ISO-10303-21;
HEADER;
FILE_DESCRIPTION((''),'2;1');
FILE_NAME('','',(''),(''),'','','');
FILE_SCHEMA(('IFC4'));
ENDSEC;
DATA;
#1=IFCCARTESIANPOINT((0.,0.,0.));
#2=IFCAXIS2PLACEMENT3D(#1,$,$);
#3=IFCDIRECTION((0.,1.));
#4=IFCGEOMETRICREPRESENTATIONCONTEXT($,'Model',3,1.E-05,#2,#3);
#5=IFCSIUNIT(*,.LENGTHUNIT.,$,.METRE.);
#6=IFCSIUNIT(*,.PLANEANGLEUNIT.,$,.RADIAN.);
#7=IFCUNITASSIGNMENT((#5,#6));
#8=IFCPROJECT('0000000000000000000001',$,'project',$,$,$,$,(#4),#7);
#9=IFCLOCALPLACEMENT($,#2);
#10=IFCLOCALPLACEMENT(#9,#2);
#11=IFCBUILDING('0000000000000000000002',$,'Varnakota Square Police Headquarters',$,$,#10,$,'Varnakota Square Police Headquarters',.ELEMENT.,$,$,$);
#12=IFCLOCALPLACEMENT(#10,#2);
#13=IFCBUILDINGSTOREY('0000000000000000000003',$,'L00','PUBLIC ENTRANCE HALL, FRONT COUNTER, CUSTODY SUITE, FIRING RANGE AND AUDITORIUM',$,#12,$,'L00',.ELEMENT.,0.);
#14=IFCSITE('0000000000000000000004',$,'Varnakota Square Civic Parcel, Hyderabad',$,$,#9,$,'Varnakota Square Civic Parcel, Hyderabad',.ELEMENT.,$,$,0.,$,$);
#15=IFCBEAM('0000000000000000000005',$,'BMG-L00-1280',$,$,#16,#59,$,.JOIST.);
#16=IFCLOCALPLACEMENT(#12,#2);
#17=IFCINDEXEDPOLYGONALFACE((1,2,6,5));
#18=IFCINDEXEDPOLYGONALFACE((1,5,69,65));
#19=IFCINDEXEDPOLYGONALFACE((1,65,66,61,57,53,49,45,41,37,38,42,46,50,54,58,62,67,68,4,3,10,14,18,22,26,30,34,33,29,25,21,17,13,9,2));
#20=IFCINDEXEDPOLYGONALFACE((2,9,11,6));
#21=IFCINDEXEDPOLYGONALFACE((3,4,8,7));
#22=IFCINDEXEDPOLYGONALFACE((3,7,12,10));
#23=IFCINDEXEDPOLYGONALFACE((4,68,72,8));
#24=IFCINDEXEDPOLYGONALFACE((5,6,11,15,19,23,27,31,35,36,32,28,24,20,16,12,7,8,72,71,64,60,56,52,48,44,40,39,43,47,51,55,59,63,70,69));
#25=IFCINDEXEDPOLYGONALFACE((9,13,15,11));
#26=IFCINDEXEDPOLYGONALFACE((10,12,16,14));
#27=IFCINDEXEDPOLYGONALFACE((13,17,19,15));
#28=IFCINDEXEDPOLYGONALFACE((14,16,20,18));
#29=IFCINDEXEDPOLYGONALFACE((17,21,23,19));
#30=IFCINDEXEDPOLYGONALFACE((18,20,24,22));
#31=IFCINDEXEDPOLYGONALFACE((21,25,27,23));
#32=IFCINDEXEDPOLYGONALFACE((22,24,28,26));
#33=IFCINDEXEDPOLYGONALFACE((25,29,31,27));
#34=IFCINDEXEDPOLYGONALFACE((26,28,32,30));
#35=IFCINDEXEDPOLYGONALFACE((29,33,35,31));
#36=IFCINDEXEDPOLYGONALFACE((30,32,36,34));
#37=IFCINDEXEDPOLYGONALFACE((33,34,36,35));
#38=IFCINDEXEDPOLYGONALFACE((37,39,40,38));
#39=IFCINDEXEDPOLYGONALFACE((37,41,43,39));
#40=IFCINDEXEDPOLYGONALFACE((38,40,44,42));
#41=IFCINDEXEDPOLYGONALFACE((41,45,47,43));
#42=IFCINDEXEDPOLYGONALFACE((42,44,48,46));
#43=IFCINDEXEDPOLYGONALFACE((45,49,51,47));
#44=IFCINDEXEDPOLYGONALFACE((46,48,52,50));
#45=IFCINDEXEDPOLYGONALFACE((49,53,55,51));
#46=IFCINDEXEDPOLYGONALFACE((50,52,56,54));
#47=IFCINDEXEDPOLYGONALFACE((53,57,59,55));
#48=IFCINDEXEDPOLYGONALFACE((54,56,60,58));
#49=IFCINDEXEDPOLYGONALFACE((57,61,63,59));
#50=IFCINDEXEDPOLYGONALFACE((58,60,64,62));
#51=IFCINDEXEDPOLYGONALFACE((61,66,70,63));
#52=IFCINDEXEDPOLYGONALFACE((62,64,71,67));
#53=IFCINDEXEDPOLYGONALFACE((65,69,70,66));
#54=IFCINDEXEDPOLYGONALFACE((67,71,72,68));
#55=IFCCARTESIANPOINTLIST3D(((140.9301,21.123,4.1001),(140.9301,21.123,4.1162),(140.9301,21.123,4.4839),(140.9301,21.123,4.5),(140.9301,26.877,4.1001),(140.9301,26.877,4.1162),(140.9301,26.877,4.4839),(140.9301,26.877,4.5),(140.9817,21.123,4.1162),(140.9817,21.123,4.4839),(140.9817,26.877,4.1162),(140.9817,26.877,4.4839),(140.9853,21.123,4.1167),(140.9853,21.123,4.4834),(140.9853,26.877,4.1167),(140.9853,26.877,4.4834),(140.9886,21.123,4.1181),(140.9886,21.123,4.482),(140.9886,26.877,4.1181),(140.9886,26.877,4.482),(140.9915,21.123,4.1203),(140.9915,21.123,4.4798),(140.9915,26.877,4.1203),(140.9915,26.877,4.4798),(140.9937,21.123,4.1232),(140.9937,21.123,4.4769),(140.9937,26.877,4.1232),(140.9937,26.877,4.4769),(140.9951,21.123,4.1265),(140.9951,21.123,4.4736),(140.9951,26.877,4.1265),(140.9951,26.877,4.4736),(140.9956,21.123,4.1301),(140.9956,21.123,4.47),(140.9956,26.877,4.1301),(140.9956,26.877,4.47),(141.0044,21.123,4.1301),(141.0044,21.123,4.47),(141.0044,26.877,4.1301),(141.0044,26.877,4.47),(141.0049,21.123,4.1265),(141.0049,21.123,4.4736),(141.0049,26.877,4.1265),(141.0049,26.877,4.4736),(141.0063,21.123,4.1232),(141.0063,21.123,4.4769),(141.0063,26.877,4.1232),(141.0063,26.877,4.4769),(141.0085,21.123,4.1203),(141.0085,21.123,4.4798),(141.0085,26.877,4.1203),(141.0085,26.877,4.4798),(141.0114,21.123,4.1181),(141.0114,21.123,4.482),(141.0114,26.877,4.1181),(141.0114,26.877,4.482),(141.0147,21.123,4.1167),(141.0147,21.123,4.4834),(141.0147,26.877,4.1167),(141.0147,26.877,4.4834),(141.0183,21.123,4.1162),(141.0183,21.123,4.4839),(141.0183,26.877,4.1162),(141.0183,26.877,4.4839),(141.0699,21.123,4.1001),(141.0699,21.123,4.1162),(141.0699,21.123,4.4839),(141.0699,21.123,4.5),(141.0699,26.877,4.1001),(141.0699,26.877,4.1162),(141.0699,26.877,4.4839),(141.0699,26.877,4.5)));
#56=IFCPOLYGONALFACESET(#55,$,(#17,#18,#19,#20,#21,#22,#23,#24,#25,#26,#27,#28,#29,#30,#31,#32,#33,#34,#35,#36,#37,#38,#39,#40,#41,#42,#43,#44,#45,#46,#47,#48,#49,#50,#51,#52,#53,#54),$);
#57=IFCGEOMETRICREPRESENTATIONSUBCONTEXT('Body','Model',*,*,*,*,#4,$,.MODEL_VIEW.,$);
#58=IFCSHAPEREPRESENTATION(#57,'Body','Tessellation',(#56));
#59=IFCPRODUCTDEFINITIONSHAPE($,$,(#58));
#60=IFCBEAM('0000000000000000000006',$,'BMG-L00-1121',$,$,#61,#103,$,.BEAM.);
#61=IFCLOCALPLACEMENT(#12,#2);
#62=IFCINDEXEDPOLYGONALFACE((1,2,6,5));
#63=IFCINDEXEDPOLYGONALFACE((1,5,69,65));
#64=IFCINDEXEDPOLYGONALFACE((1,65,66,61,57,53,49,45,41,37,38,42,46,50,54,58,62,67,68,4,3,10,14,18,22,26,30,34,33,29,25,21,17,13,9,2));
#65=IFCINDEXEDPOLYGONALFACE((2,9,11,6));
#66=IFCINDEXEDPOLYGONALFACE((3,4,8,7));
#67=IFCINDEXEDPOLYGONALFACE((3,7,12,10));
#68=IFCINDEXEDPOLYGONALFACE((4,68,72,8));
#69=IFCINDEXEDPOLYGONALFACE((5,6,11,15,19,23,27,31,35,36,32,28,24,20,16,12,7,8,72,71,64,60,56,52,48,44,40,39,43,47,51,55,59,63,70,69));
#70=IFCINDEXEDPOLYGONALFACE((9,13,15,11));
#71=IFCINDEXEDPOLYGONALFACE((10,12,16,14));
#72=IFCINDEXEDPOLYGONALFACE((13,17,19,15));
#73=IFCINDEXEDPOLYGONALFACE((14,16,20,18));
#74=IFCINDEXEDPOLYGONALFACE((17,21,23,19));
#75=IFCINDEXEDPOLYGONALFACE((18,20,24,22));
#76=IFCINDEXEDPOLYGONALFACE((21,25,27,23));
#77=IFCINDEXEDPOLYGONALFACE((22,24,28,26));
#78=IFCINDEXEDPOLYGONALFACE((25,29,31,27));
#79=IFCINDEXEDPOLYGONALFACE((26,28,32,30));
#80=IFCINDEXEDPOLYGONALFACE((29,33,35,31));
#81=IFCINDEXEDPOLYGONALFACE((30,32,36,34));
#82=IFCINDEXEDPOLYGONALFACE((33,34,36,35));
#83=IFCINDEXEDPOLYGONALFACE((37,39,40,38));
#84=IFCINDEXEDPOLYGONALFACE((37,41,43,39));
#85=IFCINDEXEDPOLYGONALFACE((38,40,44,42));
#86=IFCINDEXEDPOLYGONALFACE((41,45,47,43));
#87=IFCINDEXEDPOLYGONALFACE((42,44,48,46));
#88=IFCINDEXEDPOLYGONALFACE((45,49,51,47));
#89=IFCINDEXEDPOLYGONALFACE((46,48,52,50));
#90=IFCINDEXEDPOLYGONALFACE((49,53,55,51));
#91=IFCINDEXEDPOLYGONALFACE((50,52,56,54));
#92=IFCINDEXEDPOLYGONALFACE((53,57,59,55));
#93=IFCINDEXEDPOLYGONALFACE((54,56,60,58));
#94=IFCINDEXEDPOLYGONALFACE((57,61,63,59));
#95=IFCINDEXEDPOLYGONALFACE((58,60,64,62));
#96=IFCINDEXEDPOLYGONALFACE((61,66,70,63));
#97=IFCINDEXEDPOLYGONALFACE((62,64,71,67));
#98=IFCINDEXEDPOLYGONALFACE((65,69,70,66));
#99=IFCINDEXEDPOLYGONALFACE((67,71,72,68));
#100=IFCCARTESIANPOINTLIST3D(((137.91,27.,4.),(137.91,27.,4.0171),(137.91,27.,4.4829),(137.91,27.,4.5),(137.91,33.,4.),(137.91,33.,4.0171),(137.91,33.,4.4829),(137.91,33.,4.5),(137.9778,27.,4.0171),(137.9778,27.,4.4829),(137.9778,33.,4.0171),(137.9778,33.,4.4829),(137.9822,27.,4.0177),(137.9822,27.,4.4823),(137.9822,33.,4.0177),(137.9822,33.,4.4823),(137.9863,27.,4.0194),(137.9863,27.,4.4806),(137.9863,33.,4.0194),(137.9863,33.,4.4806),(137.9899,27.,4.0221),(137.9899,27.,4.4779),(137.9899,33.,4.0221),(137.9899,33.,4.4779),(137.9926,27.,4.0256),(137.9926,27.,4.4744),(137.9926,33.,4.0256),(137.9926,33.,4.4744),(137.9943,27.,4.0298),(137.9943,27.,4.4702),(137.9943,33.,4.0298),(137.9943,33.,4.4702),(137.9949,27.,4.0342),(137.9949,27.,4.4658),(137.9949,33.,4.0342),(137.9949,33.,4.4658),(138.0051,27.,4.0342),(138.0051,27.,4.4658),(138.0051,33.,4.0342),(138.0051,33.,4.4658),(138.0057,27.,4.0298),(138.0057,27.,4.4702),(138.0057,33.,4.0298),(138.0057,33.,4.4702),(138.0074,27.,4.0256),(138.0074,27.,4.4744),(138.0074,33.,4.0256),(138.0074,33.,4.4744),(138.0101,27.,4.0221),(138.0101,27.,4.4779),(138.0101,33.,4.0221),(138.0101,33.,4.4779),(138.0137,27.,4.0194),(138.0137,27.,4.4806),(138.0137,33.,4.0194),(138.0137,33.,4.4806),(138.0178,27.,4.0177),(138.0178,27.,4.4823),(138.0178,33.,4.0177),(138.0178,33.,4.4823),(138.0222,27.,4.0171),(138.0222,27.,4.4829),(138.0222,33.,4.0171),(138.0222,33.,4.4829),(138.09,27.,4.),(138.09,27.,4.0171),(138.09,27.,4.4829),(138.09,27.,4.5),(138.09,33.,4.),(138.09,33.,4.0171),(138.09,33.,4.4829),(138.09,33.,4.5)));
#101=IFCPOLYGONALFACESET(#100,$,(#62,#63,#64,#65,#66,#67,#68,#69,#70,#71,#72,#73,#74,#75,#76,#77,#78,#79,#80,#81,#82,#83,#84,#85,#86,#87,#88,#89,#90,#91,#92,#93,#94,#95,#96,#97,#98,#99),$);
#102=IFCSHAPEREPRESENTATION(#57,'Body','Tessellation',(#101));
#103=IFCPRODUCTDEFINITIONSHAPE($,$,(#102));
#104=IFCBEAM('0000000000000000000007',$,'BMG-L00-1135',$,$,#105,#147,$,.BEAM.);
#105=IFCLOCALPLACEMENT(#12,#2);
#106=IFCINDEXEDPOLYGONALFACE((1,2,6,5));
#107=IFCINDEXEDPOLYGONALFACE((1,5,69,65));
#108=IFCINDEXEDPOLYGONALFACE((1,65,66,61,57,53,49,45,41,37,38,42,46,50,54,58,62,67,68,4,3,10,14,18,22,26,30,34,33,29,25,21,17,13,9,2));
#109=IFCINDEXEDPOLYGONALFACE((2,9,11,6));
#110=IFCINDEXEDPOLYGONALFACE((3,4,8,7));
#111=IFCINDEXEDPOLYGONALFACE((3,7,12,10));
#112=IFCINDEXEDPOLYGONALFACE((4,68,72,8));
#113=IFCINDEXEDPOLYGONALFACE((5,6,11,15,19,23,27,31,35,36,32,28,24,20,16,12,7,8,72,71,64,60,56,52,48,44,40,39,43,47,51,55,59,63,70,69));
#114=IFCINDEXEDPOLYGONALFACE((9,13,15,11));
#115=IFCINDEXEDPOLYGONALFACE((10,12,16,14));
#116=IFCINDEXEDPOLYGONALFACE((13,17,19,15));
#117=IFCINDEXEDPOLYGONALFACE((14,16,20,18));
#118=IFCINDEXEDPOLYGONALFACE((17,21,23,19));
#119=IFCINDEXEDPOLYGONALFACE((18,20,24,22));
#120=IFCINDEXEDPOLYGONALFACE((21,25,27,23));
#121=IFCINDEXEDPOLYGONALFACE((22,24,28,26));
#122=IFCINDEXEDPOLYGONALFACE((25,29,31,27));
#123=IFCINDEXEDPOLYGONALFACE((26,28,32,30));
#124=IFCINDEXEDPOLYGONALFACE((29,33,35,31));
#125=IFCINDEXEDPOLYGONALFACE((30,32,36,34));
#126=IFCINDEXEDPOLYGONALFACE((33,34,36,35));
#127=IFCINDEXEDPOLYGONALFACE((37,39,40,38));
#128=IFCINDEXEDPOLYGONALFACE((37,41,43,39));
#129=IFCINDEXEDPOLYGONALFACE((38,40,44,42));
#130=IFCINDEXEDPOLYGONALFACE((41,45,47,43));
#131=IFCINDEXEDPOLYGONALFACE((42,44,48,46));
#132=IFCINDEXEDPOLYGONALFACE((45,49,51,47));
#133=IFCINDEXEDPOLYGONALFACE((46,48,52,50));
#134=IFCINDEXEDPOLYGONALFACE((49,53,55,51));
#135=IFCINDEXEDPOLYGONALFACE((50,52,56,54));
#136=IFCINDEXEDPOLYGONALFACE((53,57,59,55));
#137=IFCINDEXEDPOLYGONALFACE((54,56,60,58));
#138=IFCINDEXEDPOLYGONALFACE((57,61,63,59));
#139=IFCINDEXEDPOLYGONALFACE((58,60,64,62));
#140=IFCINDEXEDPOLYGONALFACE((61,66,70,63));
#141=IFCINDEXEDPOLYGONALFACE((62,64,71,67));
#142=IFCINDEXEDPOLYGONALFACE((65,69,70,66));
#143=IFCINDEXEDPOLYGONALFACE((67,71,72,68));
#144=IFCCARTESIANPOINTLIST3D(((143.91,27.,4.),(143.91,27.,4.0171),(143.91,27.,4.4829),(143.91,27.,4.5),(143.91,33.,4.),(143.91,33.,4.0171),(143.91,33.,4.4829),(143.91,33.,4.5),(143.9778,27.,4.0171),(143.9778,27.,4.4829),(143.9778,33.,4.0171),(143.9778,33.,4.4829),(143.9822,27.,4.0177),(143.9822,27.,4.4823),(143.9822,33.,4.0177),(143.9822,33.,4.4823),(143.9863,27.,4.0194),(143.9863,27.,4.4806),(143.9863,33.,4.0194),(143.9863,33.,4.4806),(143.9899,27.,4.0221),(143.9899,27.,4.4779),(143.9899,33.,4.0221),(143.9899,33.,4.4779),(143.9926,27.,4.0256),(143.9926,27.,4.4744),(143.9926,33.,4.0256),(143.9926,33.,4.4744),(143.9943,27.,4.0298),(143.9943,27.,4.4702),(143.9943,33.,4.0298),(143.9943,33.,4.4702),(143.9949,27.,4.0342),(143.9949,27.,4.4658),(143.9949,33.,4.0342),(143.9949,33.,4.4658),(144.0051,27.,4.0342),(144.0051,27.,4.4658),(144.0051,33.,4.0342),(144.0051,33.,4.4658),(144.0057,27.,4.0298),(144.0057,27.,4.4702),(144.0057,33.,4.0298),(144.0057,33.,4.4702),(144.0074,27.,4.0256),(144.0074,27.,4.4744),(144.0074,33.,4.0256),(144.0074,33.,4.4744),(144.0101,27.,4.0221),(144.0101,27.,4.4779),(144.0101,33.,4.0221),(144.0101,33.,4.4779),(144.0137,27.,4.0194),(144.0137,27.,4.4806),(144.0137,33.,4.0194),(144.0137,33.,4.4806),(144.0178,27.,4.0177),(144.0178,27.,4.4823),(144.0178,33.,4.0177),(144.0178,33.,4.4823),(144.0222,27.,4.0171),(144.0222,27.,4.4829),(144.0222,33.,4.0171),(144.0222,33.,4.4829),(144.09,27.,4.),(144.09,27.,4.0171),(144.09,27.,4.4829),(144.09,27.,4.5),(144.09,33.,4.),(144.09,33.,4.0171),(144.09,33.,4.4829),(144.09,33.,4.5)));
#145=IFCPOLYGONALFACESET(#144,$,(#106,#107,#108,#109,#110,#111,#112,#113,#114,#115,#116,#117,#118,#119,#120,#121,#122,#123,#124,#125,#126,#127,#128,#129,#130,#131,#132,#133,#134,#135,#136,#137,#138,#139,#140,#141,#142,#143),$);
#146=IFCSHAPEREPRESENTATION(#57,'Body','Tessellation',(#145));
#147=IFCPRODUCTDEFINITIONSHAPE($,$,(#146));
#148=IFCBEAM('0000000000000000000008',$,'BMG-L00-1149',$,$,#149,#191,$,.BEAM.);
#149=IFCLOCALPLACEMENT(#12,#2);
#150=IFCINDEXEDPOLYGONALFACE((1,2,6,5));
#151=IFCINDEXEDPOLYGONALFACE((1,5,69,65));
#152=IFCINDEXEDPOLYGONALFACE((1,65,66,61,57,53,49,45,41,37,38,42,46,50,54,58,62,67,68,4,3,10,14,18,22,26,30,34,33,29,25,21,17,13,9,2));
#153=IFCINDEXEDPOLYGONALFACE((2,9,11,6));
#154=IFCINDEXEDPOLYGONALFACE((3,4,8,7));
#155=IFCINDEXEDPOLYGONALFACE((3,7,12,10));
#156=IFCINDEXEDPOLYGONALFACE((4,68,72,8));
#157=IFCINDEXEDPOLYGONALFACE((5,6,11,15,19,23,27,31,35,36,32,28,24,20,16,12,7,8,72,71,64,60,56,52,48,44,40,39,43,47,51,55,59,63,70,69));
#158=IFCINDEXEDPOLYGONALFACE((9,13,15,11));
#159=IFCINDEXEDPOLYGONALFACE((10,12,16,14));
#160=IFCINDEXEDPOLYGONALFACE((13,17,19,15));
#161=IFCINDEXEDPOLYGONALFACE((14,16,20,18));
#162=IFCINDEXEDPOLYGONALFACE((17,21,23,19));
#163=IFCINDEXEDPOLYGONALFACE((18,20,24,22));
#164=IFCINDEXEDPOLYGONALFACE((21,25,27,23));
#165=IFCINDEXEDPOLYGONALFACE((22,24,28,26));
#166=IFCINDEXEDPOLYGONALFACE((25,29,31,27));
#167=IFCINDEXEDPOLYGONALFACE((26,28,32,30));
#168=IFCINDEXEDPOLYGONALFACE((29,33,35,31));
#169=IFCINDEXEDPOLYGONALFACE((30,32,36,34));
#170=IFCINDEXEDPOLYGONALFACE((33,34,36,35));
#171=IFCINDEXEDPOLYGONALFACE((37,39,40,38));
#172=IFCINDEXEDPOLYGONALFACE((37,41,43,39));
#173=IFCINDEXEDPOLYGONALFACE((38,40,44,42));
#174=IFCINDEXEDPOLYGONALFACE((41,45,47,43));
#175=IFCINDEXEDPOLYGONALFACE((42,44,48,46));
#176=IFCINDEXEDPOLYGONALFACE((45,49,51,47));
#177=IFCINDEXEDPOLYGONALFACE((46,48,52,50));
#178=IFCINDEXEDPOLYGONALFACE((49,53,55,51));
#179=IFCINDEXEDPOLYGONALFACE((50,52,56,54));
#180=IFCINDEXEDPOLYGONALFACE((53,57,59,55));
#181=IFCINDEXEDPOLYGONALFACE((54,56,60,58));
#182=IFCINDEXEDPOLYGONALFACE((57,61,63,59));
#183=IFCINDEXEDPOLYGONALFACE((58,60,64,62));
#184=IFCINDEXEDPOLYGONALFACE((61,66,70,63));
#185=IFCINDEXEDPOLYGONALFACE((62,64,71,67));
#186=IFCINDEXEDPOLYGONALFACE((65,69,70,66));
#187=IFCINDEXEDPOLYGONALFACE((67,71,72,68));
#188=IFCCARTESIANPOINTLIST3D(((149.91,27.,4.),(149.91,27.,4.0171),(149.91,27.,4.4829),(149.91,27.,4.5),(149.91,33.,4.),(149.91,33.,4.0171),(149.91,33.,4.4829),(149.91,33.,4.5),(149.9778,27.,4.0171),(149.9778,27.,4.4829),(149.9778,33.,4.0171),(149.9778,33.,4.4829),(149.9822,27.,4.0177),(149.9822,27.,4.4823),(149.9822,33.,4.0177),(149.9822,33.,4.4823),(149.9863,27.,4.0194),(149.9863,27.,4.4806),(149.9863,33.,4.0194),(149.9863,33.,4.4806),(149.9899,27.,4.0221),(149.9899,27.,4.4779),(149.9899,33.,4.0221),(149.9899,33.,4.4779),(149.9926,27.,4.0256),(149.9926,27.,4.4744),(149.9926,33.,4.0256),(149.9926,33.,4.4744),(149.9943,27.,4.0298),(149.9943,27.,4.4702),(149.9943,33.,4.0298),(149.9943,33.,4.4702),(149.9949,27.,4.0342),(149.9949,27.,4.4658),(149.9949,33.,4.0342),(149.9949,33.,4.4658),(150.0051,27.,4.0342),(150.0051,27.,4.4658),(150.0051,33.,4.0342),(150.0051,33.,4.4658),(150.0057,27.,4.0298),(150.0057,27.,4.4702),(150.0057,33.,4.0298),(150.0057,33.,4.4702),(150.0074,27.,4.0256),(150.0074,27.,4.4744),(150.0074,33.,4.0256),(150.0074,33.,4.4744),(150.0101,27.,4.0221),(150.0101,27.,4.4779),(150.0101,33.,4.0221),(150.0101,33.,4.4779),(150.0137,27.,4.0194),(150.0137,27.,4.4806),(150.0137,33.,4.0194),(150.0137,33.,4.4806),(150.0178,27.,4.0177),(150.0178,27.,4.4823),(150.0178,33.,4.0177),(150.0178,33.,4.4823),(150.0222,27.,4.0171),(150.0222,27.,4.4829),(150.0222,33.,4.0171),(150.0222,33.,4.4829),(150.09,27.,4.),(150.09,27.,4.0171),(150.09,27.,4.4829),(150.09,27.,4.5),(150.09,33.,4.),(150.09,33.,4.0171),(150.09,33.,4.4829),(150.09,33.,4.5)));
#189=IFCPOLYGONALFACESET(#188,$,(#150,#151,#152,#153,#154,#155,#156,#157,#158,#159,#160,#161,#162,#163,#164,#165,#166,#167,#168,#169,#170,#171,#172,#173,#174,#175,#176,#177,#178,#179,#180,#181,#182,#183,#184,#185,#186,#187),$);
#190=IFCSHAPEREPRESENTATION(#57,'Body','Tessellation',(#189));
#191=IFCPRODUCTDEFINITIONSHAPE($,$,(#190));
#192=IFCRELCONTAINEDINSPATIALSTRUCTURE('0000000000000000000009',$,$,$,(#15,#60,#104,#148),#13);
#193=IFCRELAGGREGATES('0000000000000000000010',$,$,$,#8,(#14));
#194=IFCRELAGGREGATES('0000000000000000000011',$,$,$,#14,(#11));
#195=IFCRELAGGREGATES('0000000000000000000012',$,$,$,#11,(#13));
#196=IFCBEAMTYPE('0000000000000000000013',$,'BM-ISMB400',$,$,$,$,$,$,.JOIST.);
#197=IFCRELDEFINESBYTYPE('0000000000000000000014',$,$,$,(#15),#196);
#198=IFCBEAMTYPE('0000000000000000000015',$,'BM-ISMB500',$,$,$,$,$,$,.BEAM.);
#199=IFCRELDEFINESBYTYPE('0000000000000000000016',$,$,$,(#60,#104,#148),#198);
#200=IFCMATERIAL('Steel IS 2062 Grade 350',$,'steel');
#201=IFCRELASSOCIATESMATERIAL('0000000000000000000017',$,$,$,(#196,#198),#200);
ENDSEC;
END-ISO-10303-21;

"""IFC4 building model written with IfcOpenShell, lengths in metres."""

from ifc_helpers import new_model, si_unit, direction, frame, origin, origin_2d, place, context, subcontext, project, spatial, i_section, extrude, material, material_profile, profile_set, type_object, element, save


model = new_model("IFC4")

# Units and contexts
model_context = context("Model", 3, precision=1e-05, world=origin(), true_north=direction((0.0, 1.0)))
body_context = subcontext(model_context, "Body", "Model", "MODEL_VIEW")
ifc_project = project(units=[si_unit("LENGTHUNIT", "METRE"), si_unit("PLANEANGLEUNIT", "RADIAN")], contexts=[model_context])

# Site, building, storey
site_placement = place(None, origin())
site = spatial("IfcSite", under=ifc_project, at=site_placement, Name="Varnakota Square Civic Parcel, Hyderabad", LongName="Varnakota Square Civic Parcel, Hyderabad", CompositionType="ELEMENT", RefElevation=0.0)
building_placement = place(site_placement, origin())
building = spatial("IfcBuilding", under=site, at=building_placement, Name="Varnakota Square Police Headquarters", LongName="Varnakota Square Police Headquarters", CompositionType="ELEMENT")
storey_placement = place(building_placement, origin())
storey = spatial("IfcBuildingStorey", under=building, at=storey_placement, Name="L00", Description="PUBLIC ENTRANCE HALL, FRONT COUNTER, CUSTODY SUITE, FIRING RANGE AND AUDITORIUM", LongName="L00", CompositionType="ELEMENT", Elevation=0.0)

# Beams
ifc_material_1 = material(Name="Steel IS 2062 Grade 350", Category="steel")
ifc_material_profile_1 = material_profile(ifc_material_1, i_section(OverallWidth=0.1399, OverallDepth=0.3999, WebThickness=0.0088, FlangeThickness=0.0161, FilletRadius=0.0139, at=origin_2d()), Name="ISMB 400")
ifc_profile_set_1 = profile_set([ifc_material_profile_1], Name="Steel IS 2062 Grade 350")
beam_type_1 = type_object("IfcBeamType", Name="BM-ISMB400", PredefinedType="JOIST", material=ifc_profile_set_1)
beam_1_placement = place(storey_placement, frame((141.0, 21.123, 4.3), z_axis=(0.0, 1.0, 0.0), x_axis=(-1.0, 0.0, 0.0)))
element("IfcBeam", 1, at=beam_1_placement, inside=storey, type_object=beam_type_1, Name="BMG-L00-1280", PredefinedType="JOIST", context=body_context, shape_type="SweptSolid", body=[
    extrude(i_section(OverallWidth=0.1399, OverallDepth=0.3999, WebThickness=0.0088, FlangeThickness=0.0161, FilletRadius=0.0139, at=origin_2d()), origin(), (0.0, 0.0, 1.0), 5.7539),
])
ifc_material_profile_2 = material_profile(ifc_material_1, i_section(OverallWidth=0.1799, OverallDepth=0.5, WebThickness=0.0103, FlangeThickness=0.0171, FilletRadius=0.0171, at=origin_2d()), Name="ISMB 500")
ifc_profile_set_2 = profile_set([ifc_material_profile_2], Name="Steel IS 2062 Grade 350")
beam_type_2 = type_object("IfcBeamType", Name="BM-ISMB500", PredefinedType="BEAM", material=ifc_profile_set_2)
for number, where, z_axis, x_axis, name in (
    (2, (138.0, 27.0, 4.25), (0.0, 1.0, 0.0), (-1.0, 0.0, 0.0), "BMG-L00-1121"),
    (3, (144.0, 27.0, 4.25), (0.0, 1.0, 0.0), (-1.0, 0.0, 0.0), "BMG-L00-1135"),
    (4, (150.0, 27.0, 4.25), (0.0, 1.0, 0.0), (-1.0, 0.0, 0.0), "BMG-L00-1149"),
):
    element("IfcBeam", number, at=place(storey_placement, frame(where, z_axis=z_axis, x_axis=x_axis)), inside=storey, type_object=beam_type_2, Name=name, PredefinedType="BEAM", context=body_context, shape_type="SweptSolid", body=[
        extrude(i_section(OverallWidth=0.1799, OverallDepth=0.5, WebThickness=0.0103, FlangeThickness=0.0171, FilletRadius=0.0171, at=origin_2d()), origin(), (0.0, 0.0, 1.0), 6.0),
    ])

save(model, "model.ifc")
